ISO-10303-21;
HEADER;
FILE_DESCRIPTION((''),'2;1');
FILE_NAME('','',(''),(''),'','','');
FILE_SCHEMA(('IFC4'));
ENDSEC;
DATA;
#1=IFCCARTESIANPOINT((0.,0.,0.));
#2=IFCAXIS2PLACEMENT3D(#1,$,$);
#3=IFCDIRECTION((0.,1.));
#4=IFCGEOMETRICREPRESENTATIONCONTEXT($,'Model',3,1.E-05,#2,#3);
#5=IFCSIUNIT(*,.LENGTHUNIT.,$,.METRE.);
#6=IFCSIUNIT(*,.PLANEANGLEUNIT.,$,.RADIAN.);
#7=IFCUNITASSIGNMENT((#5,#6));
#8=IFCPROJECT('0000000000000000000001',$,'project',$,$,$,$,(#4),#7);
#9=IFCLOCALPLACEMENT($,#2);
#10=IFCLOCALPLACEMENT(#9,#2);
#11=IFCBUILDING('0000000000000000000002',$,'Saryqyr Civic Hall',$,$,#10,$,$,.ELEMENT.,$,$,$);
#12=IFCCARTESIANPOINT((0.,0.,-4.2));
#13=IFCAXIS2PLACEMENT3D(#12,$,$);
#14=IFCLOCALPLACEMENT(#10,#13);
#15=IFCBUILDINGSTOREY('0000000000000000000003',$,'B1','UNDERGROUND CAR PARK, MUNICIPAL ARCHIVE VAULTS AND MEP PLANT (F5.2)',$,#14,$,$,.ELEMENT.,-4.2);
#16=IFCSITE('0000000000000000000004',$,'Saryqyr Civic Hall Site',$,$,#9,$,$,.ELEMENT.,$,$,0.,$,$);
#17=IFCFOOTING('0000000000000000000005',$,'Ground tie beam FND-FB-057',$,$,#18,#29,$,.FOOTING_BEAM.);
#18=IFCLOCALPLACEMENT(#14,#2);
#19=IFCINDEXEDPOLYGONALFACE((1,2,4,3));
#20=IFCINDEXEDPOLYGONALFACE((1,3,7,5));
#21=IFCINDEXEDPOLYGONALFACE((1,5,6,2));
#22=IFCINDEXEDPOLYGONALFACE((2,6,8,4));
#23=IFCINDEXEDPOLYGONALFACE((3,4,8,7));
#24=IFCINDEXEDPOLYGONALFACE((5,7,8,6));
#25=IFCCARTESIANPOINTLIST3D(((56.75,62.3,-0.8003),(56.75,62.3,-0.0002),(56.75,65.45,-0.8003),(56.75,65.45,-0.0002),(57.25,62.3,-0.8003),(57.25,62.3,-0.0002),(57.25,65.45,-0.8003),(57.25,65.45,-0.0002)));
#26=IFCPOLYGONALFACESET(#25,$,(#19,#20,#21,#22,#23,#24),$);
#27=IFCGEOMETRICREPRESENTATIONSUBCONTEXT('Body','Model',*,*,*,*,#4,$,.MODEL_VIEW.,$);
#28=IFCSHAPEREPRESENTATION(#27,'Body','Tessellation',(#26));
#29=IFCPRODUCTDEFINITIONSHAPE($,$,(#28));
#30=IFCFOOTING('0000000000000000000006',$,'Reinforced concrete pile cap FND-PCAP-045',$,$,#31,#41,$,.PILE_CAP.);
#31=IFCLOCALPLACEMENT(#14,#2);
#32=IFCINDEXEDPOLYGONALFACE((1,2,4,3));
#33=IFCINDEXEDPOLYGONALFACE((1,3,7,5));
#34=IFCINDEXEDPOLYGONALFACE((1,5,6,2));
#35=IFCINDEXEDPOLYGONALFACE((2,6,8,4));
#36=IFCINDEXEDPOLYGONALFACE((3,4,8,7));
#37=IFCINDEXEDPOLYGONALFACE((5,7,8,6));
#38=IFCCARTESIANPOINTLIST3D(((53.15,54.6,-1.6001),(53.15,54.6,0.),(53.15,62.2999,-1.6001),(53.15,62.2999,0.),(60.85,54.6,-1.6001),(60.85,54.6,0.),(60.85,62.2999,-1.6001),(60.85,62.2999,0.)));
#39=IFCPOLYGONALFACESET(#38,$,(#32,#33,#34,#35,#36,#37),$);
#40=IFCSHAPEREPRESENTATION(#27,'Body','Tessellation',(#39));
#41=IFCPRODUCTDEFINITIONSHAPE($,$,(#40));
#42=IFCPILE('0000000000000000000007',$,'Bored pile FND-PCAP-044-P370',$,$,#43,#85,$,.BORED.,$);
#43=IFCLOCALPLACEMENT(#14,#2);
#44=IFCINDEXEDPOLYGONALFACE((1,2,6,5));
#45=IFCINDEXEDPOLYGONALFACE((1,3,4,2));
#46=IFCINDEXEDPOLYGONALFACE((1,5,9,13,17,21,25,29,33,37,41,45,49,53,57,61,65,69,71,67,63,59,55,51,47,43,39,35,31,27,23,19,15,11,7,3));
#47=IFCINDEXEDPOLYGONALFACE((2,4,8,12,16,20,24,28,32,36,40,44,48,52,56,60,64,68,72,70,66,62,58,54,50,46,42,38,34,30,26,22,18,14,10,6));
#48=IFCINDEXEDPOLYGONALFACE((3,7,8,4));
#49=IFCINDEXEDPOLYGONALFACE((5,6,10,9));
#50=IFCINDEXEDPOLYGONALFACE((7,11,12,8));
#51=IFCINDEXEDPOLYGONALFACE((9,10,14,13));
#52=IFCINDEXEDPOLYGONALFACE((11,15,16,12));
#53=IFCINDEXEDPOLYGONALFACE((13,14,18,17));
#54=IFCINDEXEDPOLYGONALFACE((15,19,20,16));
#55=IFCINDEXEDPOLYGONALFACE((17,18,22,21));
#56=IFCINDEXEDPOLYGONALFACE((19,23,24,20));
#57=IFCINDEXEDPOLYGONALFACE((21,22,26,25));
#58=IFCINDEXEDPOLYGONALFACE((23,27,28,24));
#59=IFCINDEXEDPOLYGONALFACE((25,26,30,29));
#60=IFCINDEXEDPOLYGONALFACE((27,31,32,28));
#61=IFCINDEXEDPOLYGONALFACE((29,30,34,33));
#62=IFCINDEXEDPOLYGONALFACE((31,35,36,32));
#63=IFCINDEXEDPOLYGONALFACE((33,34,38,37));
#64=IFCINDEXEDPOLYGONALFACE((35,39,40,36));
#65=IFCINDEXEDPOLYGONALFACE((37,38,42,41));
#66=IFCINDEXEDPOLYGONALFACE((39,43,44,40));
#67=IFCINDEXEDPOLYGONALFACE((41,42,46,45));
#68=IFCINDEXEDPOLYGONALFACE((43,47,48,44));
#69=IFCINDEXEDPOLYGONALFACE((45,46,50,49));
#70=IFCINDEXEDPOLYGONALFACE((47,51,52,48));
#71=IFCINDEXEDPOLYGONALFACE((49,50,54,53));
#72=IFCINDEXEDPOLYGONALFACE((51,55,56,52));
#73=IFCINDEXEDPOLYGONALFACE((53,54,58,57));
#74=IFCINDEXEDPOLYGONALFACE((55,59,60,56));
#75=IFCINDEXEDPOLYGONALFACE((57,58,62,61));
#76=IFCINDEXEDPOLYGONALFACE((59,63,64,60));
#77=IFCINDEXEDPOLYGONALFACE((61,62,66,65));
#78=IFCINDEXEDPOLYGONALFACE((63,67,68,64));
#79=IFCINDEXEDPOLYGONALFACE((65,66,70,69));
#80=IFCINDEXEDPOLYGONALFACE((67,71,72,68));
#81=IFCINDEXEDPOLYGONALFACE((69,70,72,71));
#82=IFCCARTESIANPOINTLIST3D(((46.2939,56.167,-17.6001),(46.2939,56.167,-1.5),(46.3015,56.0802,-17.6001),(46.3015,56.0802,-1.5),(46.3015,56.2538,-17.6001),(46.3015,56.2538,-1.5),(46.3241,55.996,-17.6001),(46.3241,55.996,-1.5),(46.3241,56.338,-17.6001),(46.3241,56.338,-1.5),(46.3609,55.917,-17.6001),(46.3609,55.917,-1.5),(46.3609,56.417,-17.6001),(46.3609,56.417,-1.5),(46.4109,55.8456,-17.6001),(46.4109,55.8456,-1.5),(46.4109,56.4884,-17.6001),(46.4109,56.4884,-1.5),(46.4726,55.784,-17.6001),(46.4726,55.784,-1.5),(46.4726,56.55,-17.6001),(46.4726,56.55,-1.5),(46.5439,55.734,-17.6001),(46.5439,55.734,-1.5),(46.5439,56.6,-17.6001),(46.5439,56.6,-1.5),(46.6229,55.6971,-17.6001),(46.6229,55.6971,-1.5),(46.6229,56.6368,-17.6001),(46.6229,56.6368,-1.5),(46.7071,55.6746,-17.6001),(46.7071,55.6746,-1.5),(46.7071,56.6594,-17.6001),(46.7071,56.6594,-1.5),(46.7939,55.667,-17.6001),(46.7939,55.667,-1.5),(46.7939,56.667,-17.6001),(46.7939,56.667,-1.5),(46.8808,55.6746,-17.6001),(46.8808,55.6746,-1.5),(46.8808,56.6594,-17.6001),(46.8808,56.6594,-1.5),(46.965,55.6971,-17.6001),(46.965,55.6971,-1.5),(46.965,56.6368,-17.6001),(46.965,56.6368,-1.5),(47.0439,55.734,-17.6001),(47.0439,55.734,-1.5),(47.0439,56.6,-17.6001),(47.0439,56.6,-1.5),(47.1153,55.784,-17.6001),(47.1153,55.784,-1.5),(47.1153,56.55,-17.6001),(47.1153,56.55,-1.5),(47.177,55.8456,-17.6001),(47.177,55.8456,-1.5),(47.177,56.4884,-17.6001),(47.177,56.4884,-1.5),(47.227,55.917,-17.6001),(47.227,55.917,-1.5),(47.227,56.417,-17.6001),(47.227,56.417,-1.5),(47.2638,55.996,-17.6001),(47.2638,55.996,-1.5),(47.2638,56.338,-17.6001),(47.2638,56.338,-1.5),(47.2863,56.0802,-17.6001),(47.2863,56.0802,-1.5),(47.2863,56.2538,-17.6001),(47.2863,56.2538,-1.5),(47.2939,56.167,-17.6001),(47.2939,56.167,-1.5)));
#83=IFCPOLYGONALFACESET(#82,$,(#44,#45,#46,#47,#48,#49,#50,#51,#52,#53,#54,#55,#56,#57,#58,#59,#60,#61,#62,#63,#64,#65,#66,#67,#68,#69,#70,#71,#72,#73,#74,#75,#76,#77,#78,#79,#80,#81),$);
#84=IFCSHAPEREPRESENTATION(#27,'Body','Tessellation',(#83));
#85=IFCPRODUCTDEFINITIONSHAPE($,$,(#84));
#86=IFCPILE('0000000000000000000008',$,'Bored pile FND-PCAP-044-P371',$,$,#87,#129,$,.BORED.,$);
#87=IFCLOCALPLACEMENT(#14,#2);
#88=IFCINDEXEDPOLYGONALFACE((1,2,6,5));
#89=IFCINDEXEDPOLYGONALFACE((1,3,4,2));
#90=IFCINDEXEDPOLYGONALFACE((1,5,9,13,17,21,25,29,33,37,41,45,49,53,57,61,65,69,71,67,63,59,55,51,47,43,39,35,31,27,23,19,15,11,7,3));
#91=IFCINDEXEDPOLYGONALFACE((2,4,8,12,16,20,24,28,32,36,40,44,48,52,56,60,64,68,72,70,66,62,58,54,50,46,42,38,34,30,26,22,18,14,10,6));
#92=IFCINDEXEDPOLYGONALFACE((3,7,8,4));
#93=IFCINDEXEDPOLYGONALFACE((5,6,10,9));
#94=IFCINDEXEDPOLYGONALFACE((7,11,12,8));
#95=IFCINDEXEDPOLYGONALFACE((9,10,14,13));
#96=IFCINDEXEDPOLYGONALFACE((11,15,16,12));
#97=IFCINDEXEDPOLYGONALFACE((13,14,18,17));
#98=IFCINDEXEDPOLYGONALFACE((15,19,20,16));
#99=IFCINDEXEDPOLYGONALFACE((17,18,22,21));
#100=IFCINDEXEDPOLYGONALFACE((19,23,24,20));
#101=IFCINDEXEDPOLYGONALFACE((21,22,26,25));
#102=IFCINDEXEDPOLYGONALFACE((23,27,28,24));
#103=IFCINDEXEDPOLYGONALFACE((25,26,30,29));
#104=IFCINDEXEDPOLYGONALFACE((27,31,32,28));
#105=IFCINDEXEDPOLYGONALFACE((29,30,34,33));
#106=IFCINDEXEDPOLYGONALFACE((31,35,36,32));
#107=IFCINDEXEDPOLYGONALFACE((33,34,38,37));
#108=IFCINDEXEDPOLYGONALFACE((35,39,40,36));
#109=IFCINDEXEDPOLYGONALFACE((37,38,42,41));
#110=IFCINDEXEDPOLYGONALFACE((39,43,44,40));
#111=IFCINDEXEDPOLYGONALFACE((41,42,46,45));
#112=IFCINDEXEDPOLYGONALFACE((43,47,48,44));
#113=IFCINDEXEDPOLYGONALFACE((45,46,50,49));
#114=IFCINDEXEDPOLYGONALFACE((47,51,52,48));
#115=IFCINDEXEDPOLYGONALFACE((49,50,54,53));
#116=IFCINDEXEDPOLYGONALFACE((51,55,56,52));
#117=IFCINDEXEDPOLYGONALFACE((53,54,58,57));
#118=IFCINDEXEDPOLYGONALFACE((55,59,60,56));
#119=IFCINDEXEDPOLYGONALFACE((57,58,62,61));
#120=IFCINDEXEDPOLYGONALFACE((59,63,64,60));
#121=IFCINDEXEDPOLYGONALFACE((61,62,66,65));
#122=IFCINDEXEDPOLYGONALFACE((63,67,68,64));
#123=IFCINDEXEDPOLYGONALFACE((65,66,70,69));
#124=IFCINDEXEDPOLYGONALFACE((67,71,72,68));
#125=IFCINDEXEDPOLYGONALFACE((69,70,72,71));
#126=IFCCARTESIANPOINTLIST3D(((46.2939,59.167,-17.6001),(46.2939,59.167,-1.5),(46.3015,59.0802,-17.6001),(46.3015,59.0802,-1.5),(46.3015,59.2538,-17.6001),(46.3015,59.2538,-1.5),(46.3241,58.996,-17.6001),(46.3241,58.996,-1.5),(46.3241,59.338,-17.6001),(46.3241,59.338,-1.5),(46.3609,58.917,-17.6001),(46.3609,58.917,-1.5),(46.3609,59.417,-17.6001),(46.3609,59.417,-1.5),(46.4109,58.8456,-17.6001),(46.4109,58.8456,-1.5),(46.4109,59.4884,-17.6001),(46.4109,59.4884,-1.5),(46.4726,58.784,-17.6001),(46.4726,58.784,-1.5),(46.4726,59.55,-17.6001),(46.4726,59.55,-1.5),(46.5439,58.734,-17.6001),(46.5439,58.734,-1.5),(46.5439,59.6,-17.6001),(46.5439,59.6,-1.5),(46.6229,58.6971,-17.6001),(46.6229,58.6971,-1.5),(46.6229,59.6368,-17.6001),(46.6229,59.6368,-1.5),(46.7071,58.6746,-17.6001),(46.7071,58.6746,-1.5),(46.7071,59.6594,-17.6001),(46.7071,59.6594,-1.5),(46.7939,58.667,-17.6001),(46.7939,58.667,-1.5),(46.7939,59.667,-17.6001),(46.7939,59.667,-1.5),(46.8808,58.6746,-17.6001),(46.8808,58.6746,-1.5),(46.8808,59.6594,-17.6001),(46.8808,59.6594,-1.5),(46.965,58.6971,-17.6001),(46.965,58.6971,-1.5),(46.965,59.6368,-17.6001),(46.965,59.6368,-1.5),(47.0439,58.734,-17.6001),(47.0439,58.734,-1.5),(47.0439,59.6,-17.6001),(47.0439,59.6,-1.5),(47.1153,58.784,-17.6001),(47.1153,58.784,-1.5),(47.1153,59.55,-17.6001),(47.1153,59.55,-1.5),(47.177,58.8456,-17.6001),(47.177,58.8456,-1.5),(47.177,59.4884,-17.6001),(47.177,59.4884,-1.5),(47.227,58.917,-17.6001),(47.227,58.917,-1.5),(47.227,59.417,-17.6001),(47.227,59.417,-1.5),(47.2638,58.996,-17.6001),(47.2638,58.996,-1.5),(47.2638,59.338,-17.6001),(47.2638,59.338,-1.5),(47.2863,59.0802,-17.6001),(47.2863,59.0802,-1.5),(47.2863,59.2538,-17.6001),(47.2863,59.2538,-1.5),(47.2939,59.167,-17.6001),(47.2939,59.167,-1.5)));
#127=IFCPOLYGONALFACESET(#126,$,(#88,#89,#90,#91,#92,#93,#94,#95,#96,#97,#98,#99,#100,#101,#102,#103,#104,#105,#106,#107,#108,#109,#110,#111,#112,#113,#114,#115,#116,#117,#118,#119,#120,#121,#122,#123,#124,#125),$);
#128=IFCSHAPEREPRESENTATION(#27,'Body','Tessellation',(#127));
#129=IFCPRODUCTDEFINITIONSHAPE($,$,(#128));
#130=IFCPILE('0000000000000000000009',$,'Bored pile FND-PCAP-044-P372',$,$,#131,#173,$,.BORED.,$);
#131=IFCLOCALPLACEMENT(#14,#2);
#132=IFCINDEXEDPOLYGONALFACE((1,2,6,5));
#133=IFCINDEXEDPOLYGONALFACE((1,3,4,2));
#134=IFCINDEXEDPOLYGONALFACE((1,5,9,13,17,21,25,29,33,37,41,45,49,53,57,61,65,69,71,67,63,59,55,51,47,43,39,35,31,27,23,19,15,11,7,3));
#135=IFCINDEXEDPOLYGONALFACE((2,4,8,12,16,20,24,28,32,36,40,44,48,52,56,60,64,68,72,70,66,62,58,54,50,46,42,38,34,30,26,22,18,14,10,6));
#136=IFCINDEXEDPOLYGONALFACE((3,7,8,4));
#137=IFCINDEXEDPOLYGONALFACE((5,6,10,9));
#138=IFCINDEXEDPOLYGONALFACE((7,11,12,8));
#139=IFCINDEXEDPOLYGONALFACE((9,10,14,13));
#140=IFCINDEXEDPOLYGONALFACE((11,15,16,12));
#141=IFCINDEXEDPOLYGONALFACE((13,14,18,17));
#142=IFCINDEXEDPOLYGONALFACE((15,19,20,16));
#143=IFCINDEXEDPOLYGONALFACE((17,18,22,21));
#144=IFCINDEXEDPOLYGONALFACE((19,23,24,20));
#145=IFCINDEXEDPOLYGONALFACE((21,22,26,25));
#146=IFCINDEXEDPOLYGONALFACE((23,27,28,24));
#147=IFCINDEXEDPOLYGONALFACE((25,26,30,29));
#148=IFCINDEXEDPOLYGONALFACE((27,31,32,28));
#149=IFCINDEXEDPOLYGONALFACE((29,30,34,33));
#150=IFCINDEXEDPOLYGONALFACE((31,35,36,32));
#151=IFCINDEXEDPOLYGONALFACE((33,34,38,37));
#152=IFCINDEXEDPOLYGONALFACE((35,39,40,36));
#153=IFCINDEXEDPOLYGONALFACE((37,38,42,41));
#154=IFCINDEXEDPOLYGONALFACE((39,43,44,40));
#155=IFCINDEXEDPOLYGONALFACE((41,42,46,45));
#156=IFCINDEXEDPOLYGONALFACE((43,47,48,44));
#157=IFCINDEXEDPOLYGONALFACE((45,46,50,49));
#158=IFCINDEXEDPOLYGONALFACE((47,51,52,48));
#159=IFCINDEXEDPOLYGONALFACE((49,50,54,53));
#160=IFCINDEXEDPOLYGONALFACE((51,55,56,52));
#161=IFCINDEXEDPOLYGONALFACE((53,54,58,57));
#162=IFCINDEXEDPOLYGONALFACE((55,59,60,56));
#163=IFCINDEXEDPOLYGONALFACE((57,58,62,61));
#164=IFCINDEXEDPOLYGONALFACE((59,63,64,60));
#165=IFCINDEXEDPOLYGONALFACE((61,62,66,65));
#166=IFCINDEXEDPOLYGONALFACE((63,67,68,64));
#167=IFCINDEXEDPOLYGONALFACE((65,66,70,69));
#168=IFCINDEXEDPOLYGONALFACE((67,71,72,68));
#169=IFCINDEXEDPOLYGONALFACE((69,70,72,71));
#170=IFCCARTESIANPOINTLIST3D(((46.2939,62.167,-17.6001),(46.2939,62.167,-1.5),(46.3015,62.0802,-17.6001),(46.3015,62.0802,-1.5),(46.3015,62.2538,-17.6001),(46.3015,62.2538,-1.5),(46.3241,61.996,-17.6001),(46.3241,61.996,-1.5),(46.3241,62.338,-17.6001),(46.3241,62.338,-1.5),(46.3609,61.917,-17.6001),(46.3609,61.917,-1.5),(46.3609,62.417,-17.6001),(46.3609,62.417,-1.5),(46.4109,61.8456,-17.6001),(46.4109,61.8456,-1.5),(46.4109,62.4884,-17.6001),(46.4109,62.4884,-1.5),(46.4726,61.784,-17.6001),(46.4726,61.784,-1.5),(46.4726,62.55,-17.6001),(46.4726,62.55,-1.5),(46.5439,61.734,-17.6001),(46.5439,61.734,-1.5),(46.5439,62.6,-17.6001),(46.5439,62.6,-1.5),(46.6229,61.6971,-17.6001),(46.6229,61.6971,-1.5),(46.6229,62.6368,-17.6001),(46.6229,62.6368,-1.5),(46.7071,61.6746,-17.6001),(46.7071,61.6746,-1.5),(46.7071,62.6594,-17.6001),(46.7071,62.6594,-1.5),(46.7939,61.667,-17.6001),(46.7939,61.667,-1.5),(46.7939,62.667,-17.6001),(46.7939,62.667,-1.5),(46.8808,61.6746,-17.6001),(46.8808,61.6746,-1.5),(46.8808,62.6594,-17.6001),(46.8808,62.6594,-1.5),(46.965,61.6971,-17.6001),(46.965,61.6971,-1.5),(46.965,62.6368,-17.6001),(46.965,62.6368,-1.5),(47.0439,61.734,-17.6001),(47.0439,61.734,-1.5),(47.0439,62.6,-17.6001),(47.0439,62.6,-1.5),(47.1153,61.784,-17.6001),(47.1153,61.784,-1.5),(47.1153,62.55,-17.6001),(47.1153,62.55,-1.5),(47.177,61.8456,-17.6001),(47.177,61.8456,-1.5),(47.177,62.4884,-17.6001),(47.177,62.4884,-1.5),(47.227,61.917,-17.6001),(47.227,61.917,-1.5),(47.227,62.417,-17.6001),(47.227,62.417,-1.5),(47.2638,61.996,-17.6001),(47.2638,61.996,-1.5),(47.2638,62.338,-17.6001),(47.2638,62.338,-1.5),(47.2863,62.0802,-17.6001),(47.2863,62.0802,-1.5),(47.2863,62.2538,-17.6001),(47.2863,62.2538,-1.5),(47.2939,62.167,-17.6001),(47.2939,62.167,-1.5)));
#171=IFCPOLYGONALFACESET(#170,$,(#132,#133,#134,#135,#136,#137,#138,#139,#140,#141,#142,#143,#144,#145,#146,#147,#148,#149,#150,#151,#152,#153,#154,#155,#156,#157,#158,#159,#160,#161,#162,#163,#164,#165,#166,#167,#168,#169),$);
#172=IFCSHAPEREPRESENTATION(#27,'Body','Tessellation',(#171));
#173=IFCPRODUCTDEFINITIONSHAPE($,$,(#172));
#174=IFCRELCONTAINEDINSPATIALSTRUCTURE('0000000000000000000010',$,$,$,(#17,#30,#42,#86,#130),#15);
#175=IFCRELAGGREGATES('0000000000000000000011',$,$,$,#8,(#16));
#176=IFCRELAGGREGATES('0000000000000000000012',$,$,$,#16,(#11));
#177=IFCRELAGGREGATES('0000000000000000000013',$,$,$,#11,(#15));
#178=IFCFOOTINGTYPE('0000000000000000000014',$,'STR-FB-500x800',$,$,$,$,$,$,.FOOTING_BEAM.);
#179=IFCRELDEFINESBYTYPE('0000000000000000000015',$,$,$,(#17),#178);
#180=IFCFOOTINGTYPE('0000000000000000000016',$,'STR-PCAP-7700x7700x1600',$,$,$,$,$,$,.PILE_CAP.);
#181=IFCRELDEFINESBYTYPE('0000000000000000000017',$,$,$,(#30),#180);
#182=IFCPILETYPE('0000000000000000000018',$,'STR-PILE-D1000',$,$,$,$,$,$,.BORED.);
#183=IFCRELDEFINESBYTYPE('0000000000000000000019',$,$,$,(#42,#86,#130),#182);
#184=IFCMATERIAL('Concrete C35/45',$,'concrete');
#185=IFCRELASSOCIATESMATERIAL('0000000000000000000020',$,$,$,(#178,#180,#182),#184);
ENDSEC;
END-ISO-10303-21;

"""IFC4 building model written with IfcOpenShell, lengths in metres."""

from ifc_helpers import new_model, si_unit, direction, frame, origin, origin_2d, place, context, subcontext, project, spatial, rectangle, circle, extrude, material, material_profile, profile_set, type_object, element, save


model = new_model("IFC4")

# Units and contexts
model_context = context("Model", 3, precision=1e-05, world=origin(), true_north=direction((0.0, 1.0)))
body_context = subcontext(model_context, "Body", "Model", "MODEL_VIEW")
ifc_project = project(units=[si_unit("LENGTHUNIT", "METRE"), si_unit("PLANEANGLEUNIT", "RADIAN")], contexts=[model_context])

# Site, building, storey
site_placement = place(None, origin())
site = spatial("IfcSite", under=ifc_project, at=site_placement, Name="Saryqyr Civic Hall Site", CompositionType="ELEMENT", RefElevation=0.0)
building_placement = place(site_placement, origin())
building = spatial("IfcBuilding", under=site, at=building_placement, Name="Saryqyr Civic Hall", CompositionType="ELEMENT")
storey_placement = place(building_placement, frame((0.0, 0.0, -4.2)))
storey = spatial("IfcBuildingStorey", under=building, at=storey_placement, Name="B1", Description="UNDERGROUND CAR PARK, MUNICIPAL ARCHIVE VAULTS AND MEP PLANT (F5.2)", CompositionType="ELEMENT", Elevation=-4.2)

# Footings
ifc_material_1 = material(Name="Concrete C35/45", Category="concrete")
footing_type_1 = type_object("IfcFootingType", Name="STR-FB-500x800", PredefinedType="FOOTING_BEAM", material=ifc_material_1)
footing_1_placement = place(storey_placement, frame((57.0, 63.875, -0.8003), z_axis=(0.0, 0.0, 1.0), x_axis=(1.0, 0.0, 0.0)))
element("IfcFooting", 1, at=footing_1_placement, inside=storey, type_object=footing_type_1, Name="Ground tie beam FND-FB-057", PredefinedType="FOOTING_BEAM", context=body_context, shape_type="SweptSolid", body=[
    extrude(rectangle(XDim=0.5, YDim=3.1499, at=origin_2d()), origin(), (0.0, 0.0, 1.0), 0.8),
])
footing_type_2 = type_object("IfcFootingType", Name="STR-PCAP-7700x7700x1600", PredefinedType="PILE_CAP", material=ifc_material_1)
footing_2_placement = place(storey_placement, frame((57.0, 58.45, -1.6001), z_axis=(0.0, 0.0, 1.0), x_axis=(1.0, 0.0, 0.0)))
element("IfcFooting", 2, at=footing_2_placement, inside=storey, type_object=footing_type_2, Name="Reinforced concrete pile cap FND-PCAP-045", PredefinedType="PILE_CAP", context=body_context, shape_type="SweptSolid", body=[
    extrude(rectangle(XDim=7.7, YDim=7.7, at=origin_2d()), origin(), (0.0, 0.0, 1.0), 1.6001),
])

# Piles
ifc_material_profile_1 = material_profile(ifc_material_1, circle(Radius=0.5, at=origin_2d()), Name="BORED PILE D1000")
ifc_profile_set_1 = profile_set([ifc_material_profile_1], Name="Concrete C35/45")
pile_type = type_object("IfcPileType", Name="STR-PILE-D1000", PredefinedType="BORED", material=ifc_profile_set_1)
for number, where, z_axis, x_axis, name in (
    (3, (46.7939, 56.167, -1.5), (0.0, 0.0, -1.0), (1.0, 0.0, 0.0), "Bored pile FND-PCAP-044-P370"),
    (4, (46.7939, 59.167, -1.5), (0.0, 0.0, -1.0), (1.0, 0.0, 0.0), "Bored pile FND-PCAP-044-P371"),
    (5, (46.7939, 62.167, -1.5), (0.0, 0.0, -1.0), (1.0, 0.0, 0.0), "Bored pile FND-PCAP-044-P372"),
):
    element("IfcPile", number, at=place(storey_placement, frame(where, z_axis=z_axis, x_axis=x_axis)), inside=storey, type_object=pile_type, Name=name, PredefinedType="BORED", context=body_context, shape_type="SweptSolid", body=[
        extrude(circle(Radius=0.5, at=origin_2d()), origin(), (0.0, 0.0, 1.0), 16.1001),
    ])

save(model, "model.ifc")
